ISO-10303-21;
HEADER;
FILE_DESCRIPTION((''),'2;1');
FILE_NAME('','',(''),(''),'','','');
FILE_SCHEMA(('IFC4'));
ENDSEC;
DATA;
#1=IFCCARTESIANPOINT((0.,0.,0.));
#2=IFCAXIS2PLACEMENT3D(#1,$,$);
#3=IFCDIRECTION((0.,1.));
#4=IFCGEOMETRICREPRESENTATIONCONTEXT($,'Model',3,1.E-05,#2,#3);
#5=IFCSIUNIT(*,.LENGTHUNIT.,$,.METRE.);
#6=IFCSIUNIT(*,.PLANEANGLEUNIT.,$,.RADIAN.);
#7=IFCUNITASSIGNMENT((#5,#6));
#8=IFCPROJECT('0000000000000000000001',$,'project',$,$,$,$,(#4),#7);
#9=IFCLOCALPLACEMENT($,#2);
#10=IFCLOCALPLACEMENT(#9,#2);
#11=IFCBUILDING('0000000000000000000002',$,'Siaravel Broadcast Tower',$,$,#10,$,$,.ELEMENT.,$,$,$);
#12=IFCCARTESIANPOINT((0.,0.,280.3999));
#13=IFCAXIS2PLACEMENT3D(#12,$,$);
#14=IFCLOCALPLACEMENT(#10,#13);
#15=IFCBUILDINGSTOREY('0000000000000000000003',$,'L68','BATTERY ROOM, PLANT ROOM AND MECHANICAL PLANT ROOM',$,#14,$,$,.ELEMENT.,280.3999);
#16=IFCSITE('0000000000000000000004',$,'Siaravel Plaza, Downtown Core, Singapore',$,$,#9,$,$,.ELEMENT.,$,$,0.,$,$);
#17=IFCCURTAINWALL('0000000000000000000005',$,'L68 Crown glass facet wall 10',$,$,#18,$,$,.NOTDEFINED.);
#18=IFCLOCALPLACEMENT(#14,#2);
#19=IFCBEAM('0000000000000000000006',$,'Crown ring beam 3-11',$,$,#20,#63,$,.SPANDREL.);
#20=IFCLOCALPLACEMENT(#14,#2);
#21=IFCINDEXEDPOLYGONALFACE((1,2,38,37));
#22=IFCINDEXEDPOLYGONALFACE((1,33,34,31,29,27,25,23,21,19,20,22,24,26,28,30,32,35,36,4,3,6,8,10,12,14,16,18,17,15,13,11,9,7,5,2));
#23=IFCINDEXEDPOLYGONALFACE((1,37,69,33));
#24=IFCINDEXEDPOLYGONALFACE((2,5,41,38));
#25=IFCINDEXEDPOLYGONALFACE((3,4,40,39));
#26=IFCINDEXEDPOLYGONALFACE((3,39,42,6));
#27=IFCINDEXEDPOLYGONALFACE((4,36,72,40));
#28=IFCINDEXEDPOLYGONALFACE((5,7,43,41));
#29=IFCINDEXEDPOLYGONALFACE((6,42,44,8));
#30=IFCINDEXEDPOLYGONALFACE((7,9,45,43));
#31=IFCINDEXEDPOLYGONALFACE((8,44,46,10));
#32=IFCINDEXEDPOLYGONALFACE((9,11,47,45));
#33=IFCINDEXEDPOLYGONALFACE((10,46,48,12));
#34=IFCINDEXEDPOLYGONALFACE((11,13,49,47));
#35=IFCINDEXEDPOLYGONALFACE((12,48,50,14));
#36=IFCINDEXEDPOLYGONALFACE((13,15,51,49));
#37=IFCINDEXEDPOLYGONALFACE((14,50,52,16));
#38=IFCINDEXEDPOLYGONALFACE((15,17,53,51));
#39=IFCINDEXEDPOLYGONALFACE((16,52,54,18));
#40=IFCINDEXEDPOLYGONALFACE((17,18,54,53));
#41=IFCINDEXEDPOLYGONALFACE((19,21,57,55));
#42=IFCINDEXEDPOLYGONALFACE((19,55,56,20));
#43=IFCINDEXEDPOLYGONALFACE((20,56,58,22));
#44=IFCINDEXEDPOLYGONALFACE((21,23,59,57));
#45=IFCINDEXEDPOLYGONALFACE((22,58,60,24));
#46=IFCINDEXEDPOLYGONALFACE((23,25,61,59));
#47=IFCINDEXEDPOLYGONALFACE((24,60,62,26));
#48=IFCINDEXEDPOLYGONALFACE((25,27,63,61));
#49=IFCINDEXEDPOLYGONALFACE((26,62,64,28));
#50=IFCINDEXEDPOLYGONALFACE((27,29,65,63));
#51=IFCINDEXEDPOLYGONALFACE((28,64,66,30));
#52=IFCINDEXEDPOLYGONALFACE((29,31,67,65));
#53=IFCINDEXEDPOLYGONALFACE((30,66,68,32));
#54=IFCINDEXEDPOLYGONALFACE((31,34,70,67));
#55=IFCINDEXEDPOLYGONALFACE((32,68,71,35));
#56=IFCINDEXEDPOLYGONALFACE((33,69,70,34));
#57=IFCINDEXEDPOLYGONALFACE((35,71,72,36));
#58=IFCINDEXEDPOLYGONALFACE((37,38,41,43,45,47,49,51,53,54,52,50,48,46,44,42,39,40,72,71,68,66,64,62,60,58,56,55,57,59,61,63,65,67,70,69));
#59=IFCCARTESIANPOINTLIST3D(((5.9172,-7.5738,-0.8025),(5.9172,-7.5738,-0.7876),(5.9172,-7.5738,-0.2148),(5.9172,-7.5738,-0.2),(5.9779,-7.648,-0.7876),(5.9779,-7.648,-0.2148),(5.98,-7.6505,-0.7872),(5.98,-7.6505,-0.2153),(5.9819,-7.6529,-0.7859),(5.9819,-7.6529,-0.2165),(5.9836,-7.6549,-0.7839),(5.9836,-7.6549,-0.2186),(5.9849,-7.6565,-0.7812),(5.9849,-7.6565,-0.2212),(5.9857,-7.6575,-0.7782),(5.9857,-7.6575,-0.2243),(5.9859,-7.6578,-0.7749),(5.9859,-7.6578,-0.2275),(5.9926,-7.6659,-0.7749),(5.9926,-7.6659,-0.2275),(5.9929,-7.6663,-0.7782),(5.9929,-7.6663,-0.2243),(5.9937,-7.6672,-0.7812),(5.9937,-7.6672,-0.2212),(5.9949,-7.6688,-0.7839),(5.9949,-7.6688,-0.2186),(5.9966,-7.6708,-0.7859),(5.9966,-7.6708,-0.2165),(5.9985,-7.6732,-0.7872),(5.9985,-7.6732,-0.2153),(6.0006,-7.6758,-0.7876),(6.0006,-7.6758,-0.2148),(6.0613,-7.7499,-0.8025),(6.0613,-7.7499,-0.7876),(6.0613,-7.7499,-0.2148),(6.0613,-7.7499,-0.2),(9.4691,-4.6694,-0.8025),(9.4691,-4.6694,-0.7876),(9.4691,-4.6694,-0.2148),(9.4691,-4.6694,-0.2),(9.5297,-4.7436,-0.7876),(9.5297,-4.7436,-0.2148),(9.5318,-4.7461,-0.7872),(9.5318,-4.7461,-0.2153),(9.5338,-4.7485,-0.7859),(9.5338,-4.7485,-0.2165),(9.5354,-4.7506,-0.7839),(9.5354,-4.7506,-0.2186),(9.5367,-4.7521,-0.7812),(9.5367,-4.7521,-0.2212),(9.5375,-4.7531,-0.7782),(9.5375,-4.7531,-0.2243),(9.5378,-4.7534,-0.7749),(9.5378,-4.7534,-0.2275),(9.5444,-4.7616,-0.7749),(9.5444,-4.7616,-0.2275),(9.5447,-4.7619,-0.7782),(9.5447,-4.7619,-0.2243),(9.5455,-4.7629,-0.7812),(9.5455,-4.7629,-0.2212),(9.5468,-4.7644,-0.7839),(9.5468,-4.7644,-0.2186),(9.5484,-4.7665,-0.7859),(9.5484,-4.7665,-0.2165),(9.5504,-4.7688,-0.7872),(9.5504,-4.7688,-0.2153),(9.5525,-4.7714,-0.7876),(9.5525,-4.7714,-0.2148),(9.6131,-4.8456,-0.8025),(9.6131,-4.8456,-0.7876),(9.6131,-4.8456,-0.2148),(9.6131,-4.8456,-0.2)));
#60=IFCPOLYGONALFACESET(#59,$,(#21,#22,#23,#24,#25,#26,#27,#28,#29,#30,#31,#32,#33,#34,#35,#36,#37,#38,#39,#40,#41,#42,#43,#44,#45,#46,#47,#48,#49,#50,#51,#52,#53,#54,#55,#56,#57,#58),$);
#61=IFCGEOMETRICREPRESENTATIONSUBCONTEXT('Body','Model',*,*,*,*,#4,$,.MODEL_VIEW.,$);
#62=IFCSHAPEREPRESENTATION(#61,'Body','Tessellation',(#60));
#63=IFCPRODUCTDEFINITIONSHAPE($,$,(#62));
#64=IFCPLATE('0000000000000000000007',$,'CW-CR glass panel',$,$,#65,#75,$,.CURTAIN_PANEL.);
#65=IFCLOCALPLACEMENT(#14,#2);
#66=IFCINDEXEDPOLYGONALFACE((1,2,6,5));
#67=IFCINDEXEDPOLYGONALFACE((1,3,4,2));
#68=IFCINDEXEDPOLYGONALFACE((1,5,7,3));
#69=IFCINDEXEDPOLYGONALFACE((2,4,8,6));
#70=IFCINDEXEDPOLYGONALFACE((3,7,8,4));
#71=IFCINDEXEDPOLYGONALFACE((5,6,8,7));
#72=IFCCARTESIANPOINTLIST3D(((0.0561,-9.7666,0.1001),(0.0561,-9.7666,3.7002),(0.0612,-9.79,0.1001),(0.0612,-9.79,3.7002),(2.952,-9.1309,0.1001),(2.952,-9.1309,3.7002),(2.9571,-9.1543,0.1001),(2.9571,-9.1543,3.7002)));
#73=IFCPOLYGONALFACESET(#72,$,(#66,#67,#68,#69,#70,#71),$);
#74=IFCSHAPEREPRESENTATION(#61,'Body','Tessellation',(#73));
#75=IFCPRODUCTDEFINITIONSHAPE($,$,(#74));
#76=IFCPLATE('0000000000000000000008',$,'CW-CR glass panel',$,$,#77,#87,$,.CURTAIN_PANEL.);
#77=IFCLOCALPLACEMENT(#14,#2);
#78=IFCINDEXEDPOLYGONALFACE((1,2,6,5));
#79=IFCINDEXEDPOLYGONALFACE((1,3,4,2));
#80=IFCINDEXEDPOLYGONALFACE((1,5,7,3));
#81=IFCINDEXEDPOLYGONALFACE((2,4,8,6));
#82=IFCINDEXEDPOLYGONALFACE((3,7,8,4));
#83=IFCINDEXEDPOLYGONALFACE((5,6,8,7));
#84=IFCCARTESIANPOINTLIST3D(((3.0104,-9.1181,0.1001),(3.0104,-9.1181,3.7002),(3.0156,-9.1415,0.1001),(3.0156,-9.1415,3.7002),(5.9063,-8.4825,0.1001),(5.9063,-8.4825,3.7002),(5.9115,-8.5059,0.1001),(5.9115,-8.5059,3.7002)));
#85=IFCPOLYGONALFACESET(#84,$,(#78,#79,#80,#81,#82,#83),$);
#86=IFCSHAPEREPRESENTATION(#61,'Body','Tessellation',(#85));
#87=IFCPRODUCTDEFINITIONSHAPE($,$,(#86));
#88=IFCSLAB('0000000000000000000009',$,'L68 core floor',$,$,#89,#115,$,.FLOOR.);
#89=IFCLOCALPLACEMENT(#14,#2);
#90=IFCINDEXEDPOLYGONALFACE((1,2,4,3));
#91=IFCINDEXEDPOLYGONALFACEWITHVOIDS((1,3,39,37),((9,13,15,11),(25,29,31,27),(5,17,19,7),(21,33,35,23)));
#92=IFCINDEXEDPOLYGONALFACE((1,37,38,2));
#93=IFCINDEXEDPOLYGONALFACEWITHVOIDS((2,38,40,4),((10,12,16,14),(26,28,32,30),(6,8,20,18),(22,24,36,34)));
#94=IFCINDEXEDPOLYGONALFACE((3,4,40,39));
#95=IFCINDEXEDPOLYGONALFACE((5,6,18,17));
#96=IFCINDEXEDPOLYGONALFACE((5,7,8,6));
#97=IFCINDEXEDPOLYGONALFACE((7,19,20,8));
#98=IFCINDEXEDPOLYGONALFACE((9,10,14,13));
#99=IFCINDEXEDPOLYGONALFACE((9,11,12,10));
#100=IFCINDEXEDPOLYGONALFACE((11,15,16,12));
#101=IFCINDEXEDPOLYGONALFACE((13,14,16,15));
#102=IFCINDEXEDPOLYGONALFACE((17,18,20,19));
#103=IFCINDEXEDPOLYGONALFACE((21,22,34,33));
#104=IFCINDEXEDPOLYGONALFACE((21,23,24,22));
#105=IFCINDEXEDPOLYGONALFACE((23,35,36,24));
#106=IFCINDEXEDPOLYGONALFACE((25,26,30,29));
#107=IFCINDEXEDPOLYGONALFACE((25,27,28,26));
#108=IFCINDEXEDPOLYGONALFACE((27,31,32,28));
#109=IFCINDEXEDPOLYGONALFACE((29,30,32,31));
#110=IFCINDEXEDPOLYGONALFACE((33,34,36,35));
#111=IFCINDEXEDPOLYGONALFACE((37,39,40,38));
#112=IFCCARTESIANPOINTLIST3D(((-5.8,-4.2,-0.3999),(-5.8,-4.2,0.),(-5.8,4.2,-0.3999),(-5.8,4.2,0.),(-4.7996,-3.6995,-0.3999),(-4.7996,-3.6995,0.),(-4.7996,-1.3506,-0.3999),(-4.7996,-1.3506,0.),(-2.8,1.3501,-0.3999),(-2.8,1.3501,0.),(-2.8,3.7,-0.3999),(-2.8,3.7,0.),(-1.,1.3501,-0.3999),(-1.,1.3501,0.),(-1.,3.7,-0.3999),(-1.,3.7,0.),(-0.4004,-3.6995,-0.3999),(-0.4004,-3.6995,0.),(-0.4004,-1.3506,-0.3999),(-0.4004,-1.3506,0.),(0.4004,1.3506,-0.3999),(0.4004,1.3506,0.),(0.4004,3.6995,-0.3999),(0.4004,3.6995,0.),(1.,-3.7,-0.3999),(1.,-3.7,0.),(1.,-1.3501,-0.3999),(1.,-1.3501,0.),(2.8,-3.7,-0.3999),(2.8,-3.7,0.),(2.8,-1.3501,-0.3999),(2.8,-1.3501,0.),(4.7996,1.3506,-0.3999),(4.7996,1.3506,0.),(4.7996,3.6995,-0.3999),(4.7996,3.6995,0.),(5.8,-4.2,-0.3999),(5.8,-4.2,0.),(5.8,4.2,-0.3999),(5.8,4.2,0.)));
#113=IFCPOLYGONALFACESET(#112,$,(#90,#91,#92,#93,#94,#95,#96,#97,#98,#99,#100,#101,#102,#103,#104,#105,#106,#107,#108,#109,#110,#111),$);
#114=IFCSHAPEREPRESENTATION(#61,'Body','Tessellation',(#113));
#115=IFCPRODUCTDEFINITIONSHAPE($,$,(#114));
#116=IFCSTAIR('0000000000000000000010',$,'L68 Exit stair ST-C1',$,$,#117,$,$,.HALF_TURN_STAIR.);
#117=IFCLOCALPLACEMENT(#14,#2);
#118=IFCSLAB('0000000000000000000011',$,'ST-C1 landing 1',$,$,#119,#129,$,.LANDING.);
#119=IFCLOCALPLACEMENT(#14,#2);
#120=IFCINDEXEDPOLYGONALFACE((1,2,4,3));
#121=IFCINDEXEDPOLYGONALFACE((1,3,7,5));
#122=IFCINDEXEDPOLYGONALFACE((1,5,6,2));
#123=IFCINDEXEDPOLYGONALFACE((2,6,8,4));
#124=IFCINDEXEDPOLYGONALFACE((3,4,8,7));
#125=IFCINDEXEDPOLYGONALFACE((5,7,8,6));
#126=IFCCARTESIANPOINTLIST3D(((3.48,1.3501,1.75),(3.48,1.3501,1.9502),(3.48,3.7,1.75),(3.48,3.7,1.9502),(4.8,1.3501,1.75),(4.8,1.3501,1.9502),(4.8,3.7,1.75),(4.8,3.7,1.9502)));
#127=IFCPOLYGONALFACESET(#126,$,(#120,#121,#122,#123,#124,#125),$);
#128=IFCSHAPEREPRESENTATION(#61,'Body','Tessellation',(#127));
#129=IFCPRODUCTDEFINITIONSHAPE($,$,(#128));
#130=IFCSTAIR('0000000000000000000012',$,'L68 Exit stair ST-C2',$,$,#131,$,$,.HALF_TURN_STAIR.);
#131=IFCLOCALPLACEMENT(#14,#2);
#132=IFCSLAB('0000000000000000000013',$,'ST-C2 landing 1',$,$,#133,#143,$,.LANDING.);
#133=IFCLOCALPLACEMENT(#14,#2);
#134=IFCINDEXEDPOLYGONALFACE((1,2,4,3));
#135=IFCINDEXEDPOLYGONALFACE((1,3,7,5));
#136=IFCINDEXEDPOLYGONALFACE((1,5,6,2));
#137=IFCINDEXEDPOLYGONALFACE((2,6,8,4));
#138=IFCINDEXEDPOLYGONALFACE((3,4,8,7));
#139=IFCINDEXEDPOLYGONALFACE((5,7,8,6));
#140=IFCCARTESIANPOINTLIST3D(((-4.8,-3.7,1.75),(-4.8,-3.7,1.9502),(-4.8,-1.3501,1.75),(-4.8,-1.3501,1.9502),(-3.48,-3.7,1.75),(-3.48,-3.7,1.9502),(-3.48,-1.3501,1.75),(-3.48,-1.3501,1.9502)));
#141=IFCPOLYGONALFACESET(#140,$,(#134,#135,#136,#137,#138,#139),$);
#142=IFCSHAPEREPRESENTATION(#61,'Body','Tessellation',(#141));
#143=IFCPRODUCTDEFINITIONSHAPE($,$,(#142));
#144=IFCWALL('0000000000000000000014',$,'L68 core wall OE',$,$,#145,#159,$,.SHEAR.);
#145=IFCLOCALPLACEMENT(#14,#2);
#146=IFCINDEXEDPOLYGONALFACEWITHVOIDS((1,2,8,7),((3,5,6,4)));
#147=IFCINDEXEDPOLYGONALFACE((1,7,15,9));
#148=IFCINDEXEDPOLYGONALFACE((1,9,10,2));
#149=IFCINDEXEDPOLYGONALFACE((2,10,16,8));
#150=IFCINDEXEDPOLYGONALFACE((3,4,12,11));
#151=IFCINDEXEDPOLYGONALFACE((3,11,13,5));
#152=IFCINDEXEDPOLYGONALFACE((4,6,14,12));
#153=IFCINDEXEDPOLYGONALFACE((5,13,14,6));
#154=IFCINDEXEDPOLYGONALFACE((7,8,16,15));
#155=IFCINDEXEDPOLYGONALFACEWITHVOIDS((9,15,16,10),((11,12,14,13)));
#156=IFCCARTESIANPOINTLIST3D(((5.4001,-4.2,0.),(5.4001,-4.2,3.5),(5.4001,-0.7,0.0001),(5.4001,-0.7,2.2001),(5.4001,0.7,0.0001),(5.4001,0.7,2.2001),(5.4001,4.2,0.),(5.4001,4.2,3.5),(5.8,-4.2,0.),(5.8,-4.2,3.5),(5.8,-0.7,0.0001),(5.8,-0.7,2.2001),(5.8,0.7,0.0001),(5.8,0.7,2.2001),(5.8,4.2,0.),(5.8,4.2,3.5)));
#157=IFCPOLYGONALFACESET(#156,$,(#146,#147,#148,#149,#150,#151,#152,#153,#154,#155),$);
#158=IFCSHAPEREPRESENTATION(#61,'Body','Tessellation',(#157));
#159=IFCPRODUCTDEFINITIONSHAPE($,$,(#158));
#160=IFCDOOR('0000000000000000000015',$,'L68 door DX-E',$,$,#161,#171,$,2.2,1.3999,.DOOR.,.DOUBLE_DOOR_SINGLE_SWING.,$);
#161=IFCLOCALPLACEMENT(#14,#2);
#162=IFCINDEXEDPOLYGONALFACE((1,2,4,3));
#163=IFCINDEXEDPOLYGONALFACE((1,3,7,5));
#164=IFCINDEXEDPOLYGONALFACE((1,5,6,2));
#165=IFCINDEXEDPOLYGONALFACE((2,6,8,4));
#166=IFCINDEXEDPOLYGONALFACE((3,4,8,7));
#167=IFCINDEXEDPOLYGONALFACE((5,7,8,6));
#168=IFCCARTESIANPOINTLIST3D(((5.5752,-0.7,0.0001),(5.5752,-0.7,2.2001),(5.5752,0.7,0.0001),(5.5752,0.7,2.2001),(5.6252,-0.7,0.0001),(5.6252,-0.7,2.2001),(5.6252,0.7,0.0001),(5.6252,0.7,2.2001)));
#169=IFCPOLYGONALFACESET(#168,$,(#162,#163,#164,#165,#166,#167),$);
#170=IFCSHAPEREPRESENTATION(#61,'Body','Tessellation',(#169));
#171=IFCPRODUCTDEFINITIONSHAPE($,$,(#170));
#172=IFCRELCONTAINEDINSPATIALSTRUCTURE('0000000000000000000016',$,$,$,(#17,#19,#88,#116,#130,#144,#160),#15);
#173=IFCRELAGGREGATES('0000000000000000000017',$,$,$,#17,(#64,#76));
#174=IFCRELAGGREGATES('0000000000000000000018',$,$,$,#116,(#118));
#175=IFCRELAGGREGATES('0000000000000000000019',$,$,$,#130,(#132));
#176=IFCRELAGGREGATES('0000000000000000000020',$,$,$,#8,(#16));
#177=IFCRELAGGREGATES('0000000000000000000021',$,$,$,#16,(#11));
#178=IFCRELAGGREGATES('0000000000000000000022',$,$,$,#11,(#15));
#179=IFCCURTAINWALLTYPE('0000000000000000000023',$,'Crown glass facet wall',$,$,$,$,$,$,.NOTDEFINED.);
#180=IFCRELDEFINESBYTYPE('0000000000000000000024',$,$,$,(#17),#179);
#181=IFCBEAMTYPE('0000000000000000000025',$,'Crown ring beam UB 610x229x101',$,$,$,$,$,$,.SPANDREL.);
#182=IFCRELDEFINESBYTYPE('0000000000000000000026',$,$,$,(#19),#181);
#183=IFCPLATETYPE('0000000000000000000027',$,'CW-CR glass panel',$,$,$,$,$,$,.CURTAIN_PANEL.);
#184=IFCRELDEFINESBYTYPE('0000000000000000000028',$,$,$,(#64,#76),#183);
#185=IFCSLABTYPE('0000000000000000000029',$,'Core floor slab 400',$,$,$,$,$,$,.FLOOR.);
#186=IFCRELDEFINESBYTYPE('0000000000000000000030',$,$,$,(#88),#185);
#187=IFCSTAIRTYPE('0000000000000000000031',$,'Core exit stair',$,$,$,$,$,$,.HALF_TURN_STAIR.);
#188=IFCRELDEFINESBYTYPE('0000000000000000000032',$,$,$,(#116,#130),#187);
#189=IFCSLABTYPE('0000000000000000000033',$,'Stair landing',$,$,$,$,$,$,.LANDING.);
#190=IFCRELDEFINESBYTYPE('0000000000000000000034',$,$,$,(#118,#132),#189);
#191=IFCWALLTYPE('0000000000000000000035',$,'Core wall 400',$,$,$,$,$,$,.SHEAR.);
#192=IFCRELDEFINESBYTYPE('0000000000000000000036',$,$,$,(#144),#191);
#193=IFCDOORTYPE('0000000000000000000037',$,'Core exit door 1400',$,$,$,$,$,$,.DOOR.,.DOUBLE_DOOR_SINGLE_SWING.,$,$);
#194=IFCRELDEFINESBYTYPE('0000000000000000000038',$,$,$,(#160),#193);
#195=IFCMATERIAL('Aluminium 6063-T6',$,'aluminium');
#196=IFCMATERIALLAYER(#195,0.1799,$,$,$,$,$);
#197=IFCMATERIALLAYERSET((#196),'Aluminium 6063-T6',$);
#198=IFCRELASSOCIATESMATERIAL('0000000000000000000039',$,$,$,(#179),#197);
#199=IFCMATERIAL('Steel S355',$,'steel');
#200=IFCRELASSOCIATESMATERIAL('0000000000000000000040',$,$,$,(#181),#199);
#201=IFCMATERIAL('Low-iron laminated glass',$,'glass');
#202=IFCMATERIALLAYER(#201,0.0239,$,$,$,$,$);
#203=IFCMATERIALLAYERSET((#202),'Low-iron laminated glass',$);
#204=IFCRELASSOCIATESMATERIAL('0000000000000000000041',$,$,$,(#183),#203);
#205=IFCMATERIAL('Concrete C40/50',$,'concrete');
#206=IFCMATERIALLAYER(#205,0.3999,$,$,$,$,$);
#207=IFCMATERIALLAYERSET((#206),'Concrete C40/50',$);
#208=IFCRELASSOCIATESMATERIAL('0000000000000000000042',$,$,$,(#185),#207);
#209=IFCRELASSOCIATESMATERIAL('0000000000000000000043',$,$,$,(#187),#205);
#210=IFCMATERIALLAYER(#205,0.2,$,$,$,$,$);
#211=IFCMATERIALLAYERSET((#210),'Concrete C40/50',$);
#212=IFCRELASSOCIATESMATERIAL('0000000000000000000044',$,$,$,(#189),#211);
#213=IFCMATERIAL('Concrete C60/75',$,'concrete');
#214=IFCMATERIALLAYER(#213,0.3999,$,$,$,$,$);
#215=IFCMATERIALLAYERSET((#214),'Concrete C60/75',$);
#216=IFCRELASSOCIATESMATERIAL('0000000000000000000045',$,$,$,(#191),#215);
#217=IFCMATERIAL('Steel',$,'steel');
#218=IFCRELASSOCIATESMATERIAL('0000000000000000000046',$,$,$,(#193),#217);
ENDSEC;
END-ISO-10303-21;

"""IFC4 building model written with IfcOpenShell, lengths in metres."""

from ifc_helpers import new_model, si_unit, direction, frame, frame_2d, origin, origin_2d, place, context, subcontext, project, spatial, polyline, rectangle, i_section, outline, extrude, material, layer, layer_set, material_profile, profile_set, type_object, element, fill, aggregate, save


model = new_model("IFC4")

# Units and contexts
model_context = context("Model", 3, precision=1e-05, world=origin(), true_north=direction((0.0, 1.0)))
body_context = subcontext(model_context, "Body", "Model", "MODEL_VIEW")
ifc_project = project(units=[si_unit("LENGTHUNIT", "METRE"), si_unit("PLANEANGLEUNIT", "RADIAN")], contexts=[model_context])

# Site, building, storey
site_placement = place(None, origin())
site = spatial("IfcSite", under=ifc_project, at=site_placement, Name="Siaravel Plaza, Downtown Core, Singapore", CompositionType="ELEMENT", RefElevation=0.0)
building_placement = place(site_placement, origin())
building = spatial("IfcBuilding", under=site, at=building_placement, Name="Siaravel Broadcast Tower", CompositionType="ELEMENT")
storey_placement = place(building_placement, frame((0.0, 0.0, 280.3999)))
storey = spatial("IfcBuildingStorey", under=building, at=storey_placement, Name="L68", Description="BATTERY ROOM, PLANT ROOM AND MECHANICAL PLANT ROOM", CompositionType="ELEMENT", Elevation=280.3999)

# Curtain wall
ifc_material_1 = material(Name="Aluminium 6063-T6", Category="aluminium")
ifc_layer_1 = layer(ifc_material_1, 0.1799)
ifc_layer_set_1 = layer_set([ifc_layer_1], Name="Aluminium 6063-T6")
curtain_wall_type = type_object("IfcCurtainWallType", Name="Crown glass facet wall", PredefinedType="NOTDEFINED", material=ifc_layer_set_1)
curtain_wall_1_placement = place(storey_placement, origin())
curtain_wall_1 = element("IfcCurtainWall", 1, at=curtain_wall_1_placement, inside=storey, type_object=curtain_wall_type, Name="L68 Crown glass facet wall 10", PredefinedType="NOTDEFINED")

# Beam
ifc_material_2 = material(Name="Steel S355", Category="steel")
ifc_material_profile_1 = material_profile(ifc_material_2, i_section(OverallWidth=0.2275, OverallDepth=0.6025, WebThickness=0.0105, FlangeThickness=0.0149, FilletRadius=0.0127, at=origin_2d()))
ifc_profile_set_1 = profile_set([ifc_material_profile_1], Name="Steel S355")
beam_type_1 = type_object("IfcBeamType", Name="Crown ring beam UB 610x229x101", PredefinedType="SPANDREL", material=ifc_profile_set_1)
beam_1_placement = place(storey_placement, frame((5.9893, -7.6619, -0.5012), z_axis=(0.774137, 0.633018, 0.0), x_axis=(-0.633018, 0.774137, 0.0)))
element("IfcBeam", 2, at=beam_1_placement, inside=storey, type_object=beam_type_1, Name="Crown ring beam 3-11", PredefinedType="SPANDREL", context=body_context, shape_type="SweptSolid", body=[
    extrude(i_section(OverallWidth=0.2275, OverallDepth=0.6025, WebThickness=0.0105, FlangeThickness=0.0149, FilletRadius=0.0127, at=origin_2d()), origin(), (0.0, 0.0, 1.0), 4.5881),
])

# Plates
ifc_material_3 = material(Name="Low-iron laminated glass", Category="glass")
ifc_layer_2 = layer(ifc_material_3, 0.0239)
ifc_layer_set_2 = layer_set([ifc_layer_2], Name="Low-iron laminated glass")
plate_type = type_object("IfcPlateType", Name="CW-CR glass panel", PredefinedType="CURTAIN_PANEL", material=ifc_layer_set_2)
plate_1_placement = place(storey_placement, frame((1.5066, -9.4604, 0.1001), z_axis=(0.0, 0.0, 1.0), x_axis=(0.976747, 0.214394, 0.0)))
plate_1 = element("IfcPlate", 3, at=plate_1_placement, type_object=plate_type, Name="CW-CR glass panel", PredefinedType="CURTAIN_PANEL", context=body_context, shape_type="SweptSolid", body=[
    extrude(rectangle(XDim=2.9648, YDim=0.0239, at=origin_2d()), origin(), (0.0, 0.0, 1.0), 3.6001),
])
plate_2_placement = place(storey_placement, frame((4.4609, -8.812, 0.1001), z_axis=(0.0, 0.0, 1.0), x_axis=(0.976747, 0.214394, 0.0)))
plate_2 = element("IfcPlate", 4, at=plate_2_placement, type_object=plate_type, Name="CW-CR glass panel", PredefinedType="CURTAIN_PANEL", context=body_context, shape_type="SweptSolid", body=[
    extrude(rectangle(XDim=2.9648, YDim=0.0239, at=origin_2d()), origin(), (0.0, 0.0, 1.0), 3.6001),
])
aggregate(curtain_wall_1, [plate_1, plate_2])

# Slab
ifc_material_4 = material(Name="Concrete C40/50", Category="concrete")
ifc_layer_3 = layer(ifc_material_4, 0.3999)
ifc_layer_set_3 = layer_set([ifc_layer_3], Name="Concrete C40/50")
slab_type_1 = type_object("IfcSlabType", Name="Core floor slab 400", PredefinedType="FLOOR", material=ifc_layer_set_3)
slab_1_placement = place(storey_placement, frame((0.0, 0.0, -0.3999)))
element("IfcSlab", 5, at=slab_1_placement, inside=storey, type_object=slab_type_1, Name="L68 core floor", PredefinedType="FLOOR", context=body_context, shape_type="SweptSolid", body=[
    extrude(outline(polyline([(-5.8, -4.2), (-5.8, 4.2), (5.8, 4.2), (5.8, -4.2), (-5.8, -4.2)]), holes=[polyline([(0.4004, 3.6995), (0.4004, 1.3506), (4.7996, 1.3506), (4.7996, 3.6995), (0.4004, 3.6995)]), polyline([(1.0, -3.7), (2.8, -3.7), (2.8, -1.3501), (1.0, -1.3501), (1.0, -3.7)]), polyline([(-0.4004, -3.6995), (-0.4004, -1.3506), (-4.7996, -1.3506), (-4.7996, -3.6995), (-0.4004, -3.6995)]), polyline([(-2.8, 1.3501), (-1.0, 1.3501), (-1.0, 3.7), (-2.8, 3.7), (-2.8, 1.3501)])]), origin(), (0.0, 0.0, 1.0), 0.3999),
])

# Stairs, slabs
stair_type = type_object("IfcStairType", Name="Core exit stair", PredefinedType="HALF_TURN_STAIR", material=ifc_material_4)
stair_1_placement = place(storey_placement, origin())
stair_1 = element("IfcStair", 6, at=stair_1_placement, inside=storey, type_object=stair_type, Name="L68 Exit stair ST-C1", PredefinedType="HALF_TURN_STAIR")
ifc_layer_4 = layer(ifc_material_4, 0.2)
ifc_layer_set_4 = layer_set([ifc_layer_4], Name="Concrete C40/50")
slab_type_2 = type_object("IfcSlabType", Name="Stair landing", PredefinedType="LANDING", material=ifc_layer_set_4)
slab_2_placement = place(storey_placement, frame((0.0, 0.0, 1.75)))
slab_2 = element("IfcSlab", 7, at=slab_2_placement, type_object=slab_type_2, Name="ST-C1 landing 1", PredefinedType="LANDING", context=body_context, shape_type="SweptSolid", body=[
    extrude(outline(polyline([(3.48, 1.3501), (4.8, 1.3501), (4.8, 3.7), (3.48, 3.7), (3.48, 1.3501)])), origin(), (0.0, 0.0, 1.0), 0.2002),
])
aggregate(stair_1, [slab_2])
stair_2_placement = place(storey_placement, origin())
stair_2 = element("IfcStair", 8, at=stair_2_placement, inside=storey, type_object=stair_type, Name="L68 Exit stair ST-C2", PredefinedType="HALF_TURN_STAIR")
slab_3_placement = place(storey_placement, frame((0.0, 0.0, 1.75)))
slab_3 = element("IfcSlab", 9, at=slab_3_placement, type_object=slab_type_2, Name="ST-C2 landing 1", PredefinedType="LANDING", context=body_context, shape_type="SweptSolid", body=[
    extrude(outline(polyline([(-3.48, -1.3501), (-4.8, -1.3501), (-4.8, -3.7), (-3.48, -3.7), (-3.48, -1.3501)])), origin(), (0.0, 0.0, 1.0), 0.2002),
])
aggregate(stair_2, [slab_3])

# Wall, opening, door
ifc_material_5 = material(Name="Concrete C60/75", Category="concrete")
ifc_layer_5 = layer(ifc_material_5, 0.3999)
ifc_layer_set_5 = layer_set([ifc_layer_5], Name="Concrete C60/75")
wall_type_1 = type_object("IfcWallType", Name="Core wall 400", PredefinedType="SHEAR", material=ifc_layer_set_5)
wall_1_placement = place(storey_placement, frame((5.6001, -4.2, 0.0), z_axis=(0.0, 0.0, 1.0), x_axis=(0.0, 1.0, 0.0)))
wall_1 = element("IfcWall", 10, at=wall_1_placement, inside=storey, type_object=wall_type_1, Name="L68 core wall OE", PredefinedType="SHEAR", context=body_context, shape_type="SweptSolid", body=[
    extrude(rectangle(XDim=8.3999, YDim=0.3999, at=frame_2d((4.2, 0.0))), origin(), (0.0, 0.0, 1.0), 3.5),
])
opening_1_placement = place(wall_1_placement, frame((3.5, 0.0, 0.0)))
opening_1 = element("IfcOpeningElement", 11, at=opening_1_placement, cuts=wall_1, PredefinedType="OPENING", context=body_context, shape_type="SweptSolid", body=[
    extrude(rectangle(XDim=1.3999, YDim=2.2, at=frame_2d((0.7, 1.1001))), frame((0.0, 0.21, 0.0), z_axis=(0.0, -1.0, 0.0), x_axis=(1.0, 0.0, 0.0)), (0.0, 0.0, 1.0), 0.4199),
])
ifc_material_6 = material(Name="Steel", Category="steel")
door_type_1 = type_object("IfcDoorType", Name="Core exit door 1400", OperationType="DOUBLE_DOOR_SINGLE_SWING", PredefinedType="DOOR", material=ifc_material_6)
door_1_placement = place(opening_1_placement, origin())
door_1 = element("IfcDoor", 12, at=door_1_placement, inside=storey, type_object=door_type_1, Name="L68 door DX-E", OperationType="DOUBLE_DOOR_SINGLE_SWING", OverallHeight=2.2, OverallWidth=1.3999, PredefinedType="DOOR", context=body_context, shape_type="SweptSolid", body=[
    extrude(rectangle(XDim=1.3999, YDim=2.2, at=frame_2d((0.7, 1.1001))), frame((0.0, 0.0249, 0.0), z_axis=(0.0, -1.0, 0.0), x_axis=(1.0, 0.0, 0.0)), (0.0, 0.0, 1.0), 0.05),
])
fill(opening_1, door_1)

save(model, "model.ifc")
